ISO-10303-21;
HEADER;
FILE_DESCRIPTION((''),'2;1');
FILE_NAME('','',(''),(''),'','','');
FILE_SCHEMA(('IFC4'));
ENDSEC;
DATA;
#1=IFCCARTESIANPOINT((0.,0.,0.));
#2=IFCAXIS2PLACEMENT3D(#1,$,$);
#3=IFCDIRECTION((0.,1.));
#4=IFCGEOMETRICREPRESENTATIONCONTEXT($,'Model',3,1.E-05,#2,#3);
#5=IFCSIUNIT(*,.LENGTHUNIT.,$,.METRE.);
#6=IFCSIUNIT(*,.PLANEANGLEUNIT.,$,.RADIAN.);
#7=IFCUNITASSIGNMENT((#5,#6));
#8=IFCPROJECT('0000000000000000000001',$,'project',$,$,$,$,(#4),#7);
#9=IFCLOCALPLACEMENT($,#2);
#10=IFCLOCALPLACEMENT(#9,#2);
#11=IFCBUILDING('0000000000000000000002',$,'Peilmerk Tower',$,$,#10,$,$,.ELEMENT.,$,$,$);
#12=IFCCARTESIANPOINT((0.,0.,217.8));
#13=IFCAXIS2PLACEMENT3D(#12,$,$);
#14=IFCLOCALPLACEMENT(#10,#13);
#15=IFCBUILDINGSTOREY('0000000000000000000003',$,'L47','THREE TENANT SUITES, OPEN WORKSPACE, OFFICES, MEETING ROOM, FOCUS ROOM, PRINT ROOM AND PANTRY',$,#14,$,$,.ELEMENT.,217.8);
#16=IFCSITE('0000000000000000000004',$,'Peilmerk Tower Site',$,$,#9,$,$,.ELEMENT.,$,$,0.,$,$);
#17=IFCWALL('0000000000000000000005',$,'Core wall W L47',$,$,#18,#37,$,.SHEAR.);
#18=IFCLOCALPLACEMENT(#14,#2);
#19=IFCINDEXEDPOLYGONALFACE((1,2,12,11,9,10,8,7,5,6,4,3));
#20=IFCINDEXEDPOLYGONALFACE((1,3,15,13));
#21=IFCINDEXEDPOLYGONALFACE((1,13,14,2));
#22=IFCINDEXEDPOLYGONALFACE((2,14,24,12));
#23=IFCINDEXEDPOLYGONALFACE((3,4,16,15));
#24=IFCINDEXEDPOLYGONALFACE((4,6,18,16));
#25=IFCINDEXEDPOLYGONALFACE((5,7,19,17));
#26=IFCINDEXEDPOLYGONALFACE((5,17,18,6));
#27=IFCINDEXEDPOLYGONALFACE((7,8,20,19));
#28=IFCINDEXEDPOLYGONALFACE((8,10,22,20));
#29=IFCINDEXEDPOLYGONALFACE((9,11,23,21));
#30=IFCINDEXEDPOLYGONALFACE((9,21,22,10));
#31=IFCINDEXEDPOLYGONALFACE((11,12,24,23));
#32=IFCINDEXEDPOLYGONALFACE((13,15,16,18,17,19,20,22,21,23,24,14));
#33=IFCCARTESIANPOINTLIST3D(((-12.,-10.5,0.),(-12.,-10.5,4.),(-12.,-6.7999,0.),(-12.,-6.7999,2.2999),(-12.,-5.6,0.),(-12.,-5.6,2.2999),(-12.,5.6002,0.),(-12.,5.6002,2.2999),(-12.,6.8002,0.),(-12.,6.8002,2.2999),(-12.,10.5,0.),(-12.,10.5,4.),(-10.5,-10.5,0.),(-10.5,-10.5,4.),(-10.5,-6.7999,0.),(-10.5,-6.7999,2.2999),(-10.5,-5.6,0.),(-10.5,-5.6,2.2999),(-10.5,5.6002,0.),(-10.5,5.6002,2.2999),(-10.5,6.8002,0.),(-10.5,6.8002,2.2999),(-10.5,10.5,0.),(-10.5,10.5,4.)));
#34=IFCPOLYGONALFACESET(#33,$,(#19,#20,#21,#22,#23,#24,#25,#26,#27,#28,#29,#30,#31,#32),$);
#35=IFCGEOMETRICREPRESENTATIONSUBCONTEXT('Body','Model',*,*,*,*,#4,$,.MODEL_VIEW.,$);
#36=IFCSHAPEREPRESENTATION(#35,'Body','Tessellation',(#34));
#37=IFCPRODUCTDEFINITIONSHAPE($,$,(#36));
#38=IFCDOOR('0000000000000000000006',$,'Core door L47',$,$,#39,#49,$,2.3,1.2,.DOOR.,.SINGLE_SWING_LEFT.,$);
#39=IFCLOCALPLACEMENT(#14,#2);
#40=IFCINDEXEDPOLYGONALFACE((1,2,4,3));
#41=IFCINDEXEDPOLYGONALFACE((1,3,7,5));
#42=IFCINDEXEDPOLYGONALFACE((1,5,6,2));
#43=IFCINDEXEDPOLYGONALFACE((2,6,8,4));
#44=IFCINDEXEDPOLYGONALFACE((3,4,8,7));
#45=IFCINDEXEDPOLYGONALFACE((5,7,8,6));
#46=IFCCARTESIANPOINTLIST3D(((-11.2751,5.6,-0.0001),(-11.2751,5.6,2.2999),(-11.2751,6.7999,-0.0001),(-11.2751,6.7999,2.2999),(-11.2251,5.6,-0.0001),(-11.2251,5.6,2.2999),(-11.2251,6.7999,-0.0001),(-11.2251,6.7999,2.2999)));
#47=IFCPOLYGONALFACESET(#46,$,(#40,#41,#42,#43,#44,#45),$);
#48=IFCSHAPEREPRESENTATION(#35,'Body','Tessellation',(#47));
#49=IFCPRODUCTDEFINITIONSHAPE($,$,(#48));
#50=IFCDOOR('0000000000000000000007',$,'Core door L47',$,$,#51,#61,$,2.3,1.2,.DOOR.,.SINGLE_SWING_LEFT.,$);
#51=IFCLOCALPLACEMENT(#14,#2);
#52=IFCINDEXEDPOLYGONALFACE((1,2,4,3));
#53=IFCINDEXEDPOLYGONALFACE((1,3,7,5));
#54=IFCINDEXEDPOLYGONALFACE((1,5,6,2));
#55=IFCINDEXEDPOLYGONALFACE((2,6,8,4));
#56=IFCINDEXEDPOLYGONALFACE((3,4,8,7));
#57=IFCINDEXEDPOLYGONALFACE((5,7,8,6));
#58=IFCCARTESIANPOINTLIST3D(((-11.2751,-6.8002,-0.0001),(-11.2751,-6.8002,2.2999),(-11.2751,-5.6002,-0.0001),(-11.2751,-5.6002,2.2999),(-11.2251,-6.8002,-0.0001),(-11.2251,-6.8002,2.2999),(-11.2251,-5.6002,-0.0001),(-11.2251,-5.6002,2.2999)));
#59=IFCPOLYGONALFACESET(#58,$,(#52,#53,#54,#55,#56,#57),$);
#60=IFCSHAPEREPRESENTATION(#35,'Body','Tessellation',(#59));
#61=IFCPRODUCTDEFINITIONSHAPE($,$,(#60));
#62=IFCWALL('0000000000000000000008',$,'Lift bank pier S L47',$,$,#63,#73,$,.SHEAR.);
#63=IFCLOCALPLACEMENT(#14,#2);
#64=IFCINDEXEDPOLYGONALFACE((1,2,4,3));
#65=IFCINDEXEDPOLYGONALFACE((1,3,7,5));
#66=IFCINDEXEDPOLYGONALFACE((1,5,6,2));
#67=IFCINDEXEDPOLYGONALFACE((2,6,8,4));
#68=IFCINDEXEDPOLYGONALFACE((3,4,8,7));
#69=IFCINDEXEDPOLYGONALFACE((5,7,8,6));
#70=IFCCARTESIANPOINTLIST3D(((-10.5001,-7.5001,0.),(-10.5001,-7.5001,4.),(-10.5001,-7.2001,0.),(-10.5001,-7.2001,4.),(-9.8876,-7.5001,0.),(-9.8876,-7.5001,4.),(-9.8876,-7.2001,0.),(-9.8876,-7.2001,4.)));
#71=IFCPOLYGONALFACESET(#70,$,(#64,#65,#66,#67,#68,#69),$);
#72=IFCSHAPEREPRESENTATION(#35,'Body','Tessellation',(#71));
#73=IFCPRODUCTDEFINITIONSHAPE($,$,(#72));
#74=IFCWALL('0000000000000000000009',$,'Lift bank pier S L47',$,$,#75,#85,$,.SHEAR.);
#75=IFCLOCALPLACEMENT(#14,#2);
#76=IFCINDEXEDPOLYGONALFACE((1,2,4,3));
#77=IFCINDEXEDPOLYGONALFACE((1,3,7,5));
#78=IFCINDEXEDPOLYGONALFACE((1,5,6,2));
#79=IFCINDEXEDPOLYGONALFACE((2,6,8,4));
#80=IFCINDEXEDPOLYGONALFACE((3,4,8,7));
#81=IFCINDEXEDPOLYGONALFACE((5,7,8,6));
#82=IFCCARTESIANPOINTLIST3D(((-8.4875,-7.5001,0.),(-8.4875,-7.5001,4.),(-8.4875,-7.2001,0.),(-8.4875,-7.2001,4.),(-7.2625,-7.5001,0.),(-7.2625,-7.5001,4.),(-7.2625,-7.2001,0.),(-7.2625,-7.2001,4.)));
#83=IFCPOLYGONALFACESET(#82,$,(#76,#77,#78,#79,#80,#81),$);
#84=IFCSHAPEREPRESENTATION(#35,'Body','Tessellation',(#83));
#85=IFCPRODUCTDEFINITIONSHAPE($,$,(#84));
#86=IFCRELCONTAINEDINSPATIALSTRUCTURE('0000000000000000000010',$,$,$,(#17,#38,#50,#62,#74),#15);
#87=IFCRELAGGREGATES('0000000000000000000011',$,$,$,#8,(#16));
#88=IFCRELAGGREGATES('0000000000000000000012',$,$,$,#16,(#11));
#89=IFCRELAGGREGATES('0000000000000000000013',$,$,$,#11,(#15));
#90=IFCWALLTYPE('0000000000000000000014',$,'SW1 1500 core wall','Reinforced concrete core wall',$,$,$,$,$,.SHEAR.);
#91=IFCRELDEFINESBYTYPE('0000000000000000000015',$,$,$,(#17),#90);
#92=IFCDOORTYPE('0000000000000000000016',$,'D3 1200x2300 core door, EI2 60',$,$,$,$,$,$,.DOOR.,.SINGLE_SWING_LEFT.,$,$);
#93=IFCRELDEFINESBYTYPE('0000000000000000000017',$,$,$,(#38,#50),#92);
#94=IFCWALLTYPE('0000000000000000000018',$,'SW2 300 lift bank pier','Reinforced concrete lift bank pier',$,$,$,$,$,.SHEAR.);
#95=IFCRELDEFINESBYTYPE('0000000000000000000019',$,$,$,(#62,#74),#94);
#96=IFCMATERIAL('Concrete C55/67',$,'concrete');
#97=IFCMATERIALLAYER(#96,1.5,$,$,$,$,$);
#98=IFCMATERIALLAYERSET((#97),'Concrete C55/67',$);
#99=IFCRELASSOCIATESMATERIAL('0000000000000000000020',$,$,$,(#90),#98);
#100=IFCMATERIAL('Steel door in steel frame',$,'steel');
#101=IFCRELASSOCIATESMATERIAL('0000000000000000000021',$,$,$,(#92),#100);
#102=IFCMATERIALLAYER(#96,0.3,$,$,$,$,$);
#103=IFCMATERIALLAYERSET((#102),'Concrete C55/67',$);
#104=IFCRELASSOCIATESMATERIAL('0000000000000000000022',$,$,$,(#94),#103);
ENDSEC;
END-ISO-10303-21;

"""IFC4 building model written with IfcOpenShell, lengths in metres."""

from ifc_helpers import new_model, si_unit, direction, frame, frame_2d, origin, place, context, subcontext, project, spatial, rectangle, extrude, material, layer, layer_set, type_object, element, fill, save


model = new_model("IFC4")

# Units and contexts
model_context = context("Model", 3, precision=1e-05, world=origin(), true_north=direction((0.0, 1.0)))
body_context = subcontext(model_context, "Body", "Model", "MODEL_VIEW")
ifc_project = project(units=[si_unit("LENGTHUNIT", "METRE"), si_unit("PLANEANGLEUNIT", "RADIAN")], contexts=[model_context])

# Site, building, storey
site_placement = place(None, origin())
site = spatial("IfcSite", under=ifc_project, at=site_placement, Name="Peilmerk Tower Site", CompositionType="ELEMENT", RefElevation=0.0)
building_placement = place(site_placement, origin())
building = spatial("IfcBuilding", under=site, at=building_placement, Name="Peilmerk Tower", CompositionType="ELEMENT")
storey_placement = place(building_placement, frame((0.0, 0.0, 217.8)))
storey = spatial("IfcBuildingStorey", under=building, at=storey_placement, Name="L47", Description="THREE TENANT SUITES, OPEN WORKSPACE, OFFICES, MEETING ROOM, FOCUS ROOM, PRINT ROOM AND PANTRY", CompositionType="ELEMENT", Elevation=217.8)

# Wall, openings, doors
ifc_material_1 = material(Name="Concrete C55/67", Category="concrete")
ifc_layer_1 = layer(ifc_material_1, 1.5)
ifc_layer_set_1 = layer_set([ifc_layer_1], Name="Concrete C55/67")
wall_type_1 = type_object("IfcWallType", Name="SW1 1500 core wall", Description="Reinforced concrete core wall", PredefinedType="SHEAR", material=ifc_layer_set_1)
wall_1_placement = place(storey_placement, frame((-11.25, -10.5, 0.0), z_axis=(0.0, 0.0, 1.0), x_axis=(0.0, 1.0, 0.0)))
wall_1 = element("IfcWall", 1, at=wall_1_placement, inside=storey, type_object=wall_type_1, Name="Core wall W L47", PredefinedType="SHEAR", context=body_context, shape_type="SweptSolid", body=[
    extrude(rectangle(XDim=21.0, YDim=1.5, at=frame_2d((10.5, 0.0))), origin(), (0.0, 0.0, 1.0), 4.0),
])
opening_1_placement = place(wall_1_placement, frame((16.1001, 0.0, 0.0)))
opening_1 = element("IfcOpeningElement", 2, at=opening_1_placement, cuts=wall_1, PredefinedType="OPENING", context=body_context, shape_type="SweptSolid", body=[
    extrude(rectangle(XDim=1.2, YDim=2.3, at=frame_2d((0.6001, 1.1499))), frame((0.0, 0.76, 0.0), z_axis=(0.0, -1.0, 0.0), x_axis=(1.0, 0.0, 0.0)), (0.0, 0.0, 1.0), 1.52),
])
opening_2_placement = place(wall_1_placement, frame((3.7, 0.0, 0.0)))
opening_2 = element("IfcOpeningElement", 3, at=opening_2_placement, cuts=wall_1, PredefinedType="OPENING", context=body_context, shape_type="SweptSolid", body=[
    extrude(rectangle(XDim=1.2, YDim=2.3, at=frame_2d((0.6001, 1.1499))), frame((0.0, 0.76, 0.0), z_axis=(0.0, -1.0, 0.0), x_axis=(1.0, 0.0, 0.0)), (0.0, 0.0, 1.0), 1.52),
])
ifc_material_2 = material(Name="Steel door in steel frame", Category="steel")
door_type_1 = type_object("IfcDoorType", Name="D3 1200x2300 core door, EI2 60", OperationType="SINGLE_SWING_LEFT", PredefinedType="DOOR", material=ifc_material_2)
door_1_placement = place(opening_1_placement, frame((1.2, 0.0, 0.0), z_axis=(0.0, 0.0, 1.0), x_axis=(-1.0, 0.0, 0.0)))
door_1 = element("IfcDoor", 4, at=door_1_placement, inside=storey, type_object=door_type_1, Name="Core door L47", OperationType="SINGLE_SWING_LEFT", OverallHeight=2.3, OverallWidth=1.2, PredefinedType="DOOR", context=body_context, shape_type="SweptSolid", body=[
    extrude(rectangle(XDim=1.2, YDim=2.3, at=frame_2d((0.6001, 1.1499))), frame((0.0, 0.0249, 0.0), z_axis=(0.0, -1.0, 0.0), x_axis=(1.0, 0.0, 0.0)), (0.0, 0.0, 1.0), 0.05),
])
fill(opening_1, door_1)
door_2_placement = place(opening_2_placement, frame((1.2, 0.0, 0.0), z_axis=(0.0, 0.0, 1.0), x_axis=(-1.0, 0.0, 0.0)))
door_2 = element("IfcDoor", 5, at=door_2_placement, inside=storey, type_object=door_type_1, Name="Core door L47", OperationType="SINGLE_SWING_LEFT", OverallHeight=2.3, OverallWidth=1.2, PredefinedType="DOOR", context=body_context, shape_type="SweptSolid", body=[
    extrude(rectangle(XDim=1.2, YDim=2.3, at=frame_2d((0.6001, 1.1499))), frame((0.0, 0.0249, 0.0), z_axis=(0.0, -1.0, 0.0), x_axis=(1.0, 0.0, 0.0)), (0.0, 0.0, 1.0), 0.05),
])
fill(opening_2, door_2)

# Walls
ifc_layer_2 = layer(ifc_material_1, 0.3)
ifc_layer_set_2 = layer_set([ifc_layer_2], Name="Concrete C55/67")
wall_type_2 = type_object("IfcWallType", Name="SW2 300 lift bank pier", Description="Reinforced concrete lift bank pier", PredefinedType="SHEAR", material=ifc_layer_set_2)
wall_2_placement = place(storey_placement, frame((-10.5, -7.3501, 0.0), z_axis=(0.0, 0.0, 1.0), x_axis=(1.0, 0.0, 0.0)))
element("IfcWall", 6, at=wall_2_placement, inside=storey, type_object=wall_type_2, Name="Lift bank pier S L47", PredefinedType="SHEAR", context=body_context, shape_type="SweptSolid", body=[
    extrude(rectangle(XDim=0.6125, YDim=0.3, at=frame_2d((0.3062, 0.0))), origin(), (0.0, 0.0, 1.0), 4.0),
])
wall_3_placement = place(storey_placement, frame((-8.4875, -7.3501, 0.0), z_axis=(0.0, 0.0, 1.0), x_axis=(1.0, 0.0, 0.0)))
element("IfcWall", 7, at=wall_3_placement, inside=storey, type_object=wall_type_2, Name="Lift bank pier S L47", PredefinedType="SHEAR", context=body_context, shape_type="SweptSolid", body=[
    extrude(rectangle(XDim=1.2251, YDim=0.3, at=frame_2d((0.6125, 0.0))), origin(), (0.0, 0.0, 1.0), 4.0),
])

save(model, "model.ifc")
